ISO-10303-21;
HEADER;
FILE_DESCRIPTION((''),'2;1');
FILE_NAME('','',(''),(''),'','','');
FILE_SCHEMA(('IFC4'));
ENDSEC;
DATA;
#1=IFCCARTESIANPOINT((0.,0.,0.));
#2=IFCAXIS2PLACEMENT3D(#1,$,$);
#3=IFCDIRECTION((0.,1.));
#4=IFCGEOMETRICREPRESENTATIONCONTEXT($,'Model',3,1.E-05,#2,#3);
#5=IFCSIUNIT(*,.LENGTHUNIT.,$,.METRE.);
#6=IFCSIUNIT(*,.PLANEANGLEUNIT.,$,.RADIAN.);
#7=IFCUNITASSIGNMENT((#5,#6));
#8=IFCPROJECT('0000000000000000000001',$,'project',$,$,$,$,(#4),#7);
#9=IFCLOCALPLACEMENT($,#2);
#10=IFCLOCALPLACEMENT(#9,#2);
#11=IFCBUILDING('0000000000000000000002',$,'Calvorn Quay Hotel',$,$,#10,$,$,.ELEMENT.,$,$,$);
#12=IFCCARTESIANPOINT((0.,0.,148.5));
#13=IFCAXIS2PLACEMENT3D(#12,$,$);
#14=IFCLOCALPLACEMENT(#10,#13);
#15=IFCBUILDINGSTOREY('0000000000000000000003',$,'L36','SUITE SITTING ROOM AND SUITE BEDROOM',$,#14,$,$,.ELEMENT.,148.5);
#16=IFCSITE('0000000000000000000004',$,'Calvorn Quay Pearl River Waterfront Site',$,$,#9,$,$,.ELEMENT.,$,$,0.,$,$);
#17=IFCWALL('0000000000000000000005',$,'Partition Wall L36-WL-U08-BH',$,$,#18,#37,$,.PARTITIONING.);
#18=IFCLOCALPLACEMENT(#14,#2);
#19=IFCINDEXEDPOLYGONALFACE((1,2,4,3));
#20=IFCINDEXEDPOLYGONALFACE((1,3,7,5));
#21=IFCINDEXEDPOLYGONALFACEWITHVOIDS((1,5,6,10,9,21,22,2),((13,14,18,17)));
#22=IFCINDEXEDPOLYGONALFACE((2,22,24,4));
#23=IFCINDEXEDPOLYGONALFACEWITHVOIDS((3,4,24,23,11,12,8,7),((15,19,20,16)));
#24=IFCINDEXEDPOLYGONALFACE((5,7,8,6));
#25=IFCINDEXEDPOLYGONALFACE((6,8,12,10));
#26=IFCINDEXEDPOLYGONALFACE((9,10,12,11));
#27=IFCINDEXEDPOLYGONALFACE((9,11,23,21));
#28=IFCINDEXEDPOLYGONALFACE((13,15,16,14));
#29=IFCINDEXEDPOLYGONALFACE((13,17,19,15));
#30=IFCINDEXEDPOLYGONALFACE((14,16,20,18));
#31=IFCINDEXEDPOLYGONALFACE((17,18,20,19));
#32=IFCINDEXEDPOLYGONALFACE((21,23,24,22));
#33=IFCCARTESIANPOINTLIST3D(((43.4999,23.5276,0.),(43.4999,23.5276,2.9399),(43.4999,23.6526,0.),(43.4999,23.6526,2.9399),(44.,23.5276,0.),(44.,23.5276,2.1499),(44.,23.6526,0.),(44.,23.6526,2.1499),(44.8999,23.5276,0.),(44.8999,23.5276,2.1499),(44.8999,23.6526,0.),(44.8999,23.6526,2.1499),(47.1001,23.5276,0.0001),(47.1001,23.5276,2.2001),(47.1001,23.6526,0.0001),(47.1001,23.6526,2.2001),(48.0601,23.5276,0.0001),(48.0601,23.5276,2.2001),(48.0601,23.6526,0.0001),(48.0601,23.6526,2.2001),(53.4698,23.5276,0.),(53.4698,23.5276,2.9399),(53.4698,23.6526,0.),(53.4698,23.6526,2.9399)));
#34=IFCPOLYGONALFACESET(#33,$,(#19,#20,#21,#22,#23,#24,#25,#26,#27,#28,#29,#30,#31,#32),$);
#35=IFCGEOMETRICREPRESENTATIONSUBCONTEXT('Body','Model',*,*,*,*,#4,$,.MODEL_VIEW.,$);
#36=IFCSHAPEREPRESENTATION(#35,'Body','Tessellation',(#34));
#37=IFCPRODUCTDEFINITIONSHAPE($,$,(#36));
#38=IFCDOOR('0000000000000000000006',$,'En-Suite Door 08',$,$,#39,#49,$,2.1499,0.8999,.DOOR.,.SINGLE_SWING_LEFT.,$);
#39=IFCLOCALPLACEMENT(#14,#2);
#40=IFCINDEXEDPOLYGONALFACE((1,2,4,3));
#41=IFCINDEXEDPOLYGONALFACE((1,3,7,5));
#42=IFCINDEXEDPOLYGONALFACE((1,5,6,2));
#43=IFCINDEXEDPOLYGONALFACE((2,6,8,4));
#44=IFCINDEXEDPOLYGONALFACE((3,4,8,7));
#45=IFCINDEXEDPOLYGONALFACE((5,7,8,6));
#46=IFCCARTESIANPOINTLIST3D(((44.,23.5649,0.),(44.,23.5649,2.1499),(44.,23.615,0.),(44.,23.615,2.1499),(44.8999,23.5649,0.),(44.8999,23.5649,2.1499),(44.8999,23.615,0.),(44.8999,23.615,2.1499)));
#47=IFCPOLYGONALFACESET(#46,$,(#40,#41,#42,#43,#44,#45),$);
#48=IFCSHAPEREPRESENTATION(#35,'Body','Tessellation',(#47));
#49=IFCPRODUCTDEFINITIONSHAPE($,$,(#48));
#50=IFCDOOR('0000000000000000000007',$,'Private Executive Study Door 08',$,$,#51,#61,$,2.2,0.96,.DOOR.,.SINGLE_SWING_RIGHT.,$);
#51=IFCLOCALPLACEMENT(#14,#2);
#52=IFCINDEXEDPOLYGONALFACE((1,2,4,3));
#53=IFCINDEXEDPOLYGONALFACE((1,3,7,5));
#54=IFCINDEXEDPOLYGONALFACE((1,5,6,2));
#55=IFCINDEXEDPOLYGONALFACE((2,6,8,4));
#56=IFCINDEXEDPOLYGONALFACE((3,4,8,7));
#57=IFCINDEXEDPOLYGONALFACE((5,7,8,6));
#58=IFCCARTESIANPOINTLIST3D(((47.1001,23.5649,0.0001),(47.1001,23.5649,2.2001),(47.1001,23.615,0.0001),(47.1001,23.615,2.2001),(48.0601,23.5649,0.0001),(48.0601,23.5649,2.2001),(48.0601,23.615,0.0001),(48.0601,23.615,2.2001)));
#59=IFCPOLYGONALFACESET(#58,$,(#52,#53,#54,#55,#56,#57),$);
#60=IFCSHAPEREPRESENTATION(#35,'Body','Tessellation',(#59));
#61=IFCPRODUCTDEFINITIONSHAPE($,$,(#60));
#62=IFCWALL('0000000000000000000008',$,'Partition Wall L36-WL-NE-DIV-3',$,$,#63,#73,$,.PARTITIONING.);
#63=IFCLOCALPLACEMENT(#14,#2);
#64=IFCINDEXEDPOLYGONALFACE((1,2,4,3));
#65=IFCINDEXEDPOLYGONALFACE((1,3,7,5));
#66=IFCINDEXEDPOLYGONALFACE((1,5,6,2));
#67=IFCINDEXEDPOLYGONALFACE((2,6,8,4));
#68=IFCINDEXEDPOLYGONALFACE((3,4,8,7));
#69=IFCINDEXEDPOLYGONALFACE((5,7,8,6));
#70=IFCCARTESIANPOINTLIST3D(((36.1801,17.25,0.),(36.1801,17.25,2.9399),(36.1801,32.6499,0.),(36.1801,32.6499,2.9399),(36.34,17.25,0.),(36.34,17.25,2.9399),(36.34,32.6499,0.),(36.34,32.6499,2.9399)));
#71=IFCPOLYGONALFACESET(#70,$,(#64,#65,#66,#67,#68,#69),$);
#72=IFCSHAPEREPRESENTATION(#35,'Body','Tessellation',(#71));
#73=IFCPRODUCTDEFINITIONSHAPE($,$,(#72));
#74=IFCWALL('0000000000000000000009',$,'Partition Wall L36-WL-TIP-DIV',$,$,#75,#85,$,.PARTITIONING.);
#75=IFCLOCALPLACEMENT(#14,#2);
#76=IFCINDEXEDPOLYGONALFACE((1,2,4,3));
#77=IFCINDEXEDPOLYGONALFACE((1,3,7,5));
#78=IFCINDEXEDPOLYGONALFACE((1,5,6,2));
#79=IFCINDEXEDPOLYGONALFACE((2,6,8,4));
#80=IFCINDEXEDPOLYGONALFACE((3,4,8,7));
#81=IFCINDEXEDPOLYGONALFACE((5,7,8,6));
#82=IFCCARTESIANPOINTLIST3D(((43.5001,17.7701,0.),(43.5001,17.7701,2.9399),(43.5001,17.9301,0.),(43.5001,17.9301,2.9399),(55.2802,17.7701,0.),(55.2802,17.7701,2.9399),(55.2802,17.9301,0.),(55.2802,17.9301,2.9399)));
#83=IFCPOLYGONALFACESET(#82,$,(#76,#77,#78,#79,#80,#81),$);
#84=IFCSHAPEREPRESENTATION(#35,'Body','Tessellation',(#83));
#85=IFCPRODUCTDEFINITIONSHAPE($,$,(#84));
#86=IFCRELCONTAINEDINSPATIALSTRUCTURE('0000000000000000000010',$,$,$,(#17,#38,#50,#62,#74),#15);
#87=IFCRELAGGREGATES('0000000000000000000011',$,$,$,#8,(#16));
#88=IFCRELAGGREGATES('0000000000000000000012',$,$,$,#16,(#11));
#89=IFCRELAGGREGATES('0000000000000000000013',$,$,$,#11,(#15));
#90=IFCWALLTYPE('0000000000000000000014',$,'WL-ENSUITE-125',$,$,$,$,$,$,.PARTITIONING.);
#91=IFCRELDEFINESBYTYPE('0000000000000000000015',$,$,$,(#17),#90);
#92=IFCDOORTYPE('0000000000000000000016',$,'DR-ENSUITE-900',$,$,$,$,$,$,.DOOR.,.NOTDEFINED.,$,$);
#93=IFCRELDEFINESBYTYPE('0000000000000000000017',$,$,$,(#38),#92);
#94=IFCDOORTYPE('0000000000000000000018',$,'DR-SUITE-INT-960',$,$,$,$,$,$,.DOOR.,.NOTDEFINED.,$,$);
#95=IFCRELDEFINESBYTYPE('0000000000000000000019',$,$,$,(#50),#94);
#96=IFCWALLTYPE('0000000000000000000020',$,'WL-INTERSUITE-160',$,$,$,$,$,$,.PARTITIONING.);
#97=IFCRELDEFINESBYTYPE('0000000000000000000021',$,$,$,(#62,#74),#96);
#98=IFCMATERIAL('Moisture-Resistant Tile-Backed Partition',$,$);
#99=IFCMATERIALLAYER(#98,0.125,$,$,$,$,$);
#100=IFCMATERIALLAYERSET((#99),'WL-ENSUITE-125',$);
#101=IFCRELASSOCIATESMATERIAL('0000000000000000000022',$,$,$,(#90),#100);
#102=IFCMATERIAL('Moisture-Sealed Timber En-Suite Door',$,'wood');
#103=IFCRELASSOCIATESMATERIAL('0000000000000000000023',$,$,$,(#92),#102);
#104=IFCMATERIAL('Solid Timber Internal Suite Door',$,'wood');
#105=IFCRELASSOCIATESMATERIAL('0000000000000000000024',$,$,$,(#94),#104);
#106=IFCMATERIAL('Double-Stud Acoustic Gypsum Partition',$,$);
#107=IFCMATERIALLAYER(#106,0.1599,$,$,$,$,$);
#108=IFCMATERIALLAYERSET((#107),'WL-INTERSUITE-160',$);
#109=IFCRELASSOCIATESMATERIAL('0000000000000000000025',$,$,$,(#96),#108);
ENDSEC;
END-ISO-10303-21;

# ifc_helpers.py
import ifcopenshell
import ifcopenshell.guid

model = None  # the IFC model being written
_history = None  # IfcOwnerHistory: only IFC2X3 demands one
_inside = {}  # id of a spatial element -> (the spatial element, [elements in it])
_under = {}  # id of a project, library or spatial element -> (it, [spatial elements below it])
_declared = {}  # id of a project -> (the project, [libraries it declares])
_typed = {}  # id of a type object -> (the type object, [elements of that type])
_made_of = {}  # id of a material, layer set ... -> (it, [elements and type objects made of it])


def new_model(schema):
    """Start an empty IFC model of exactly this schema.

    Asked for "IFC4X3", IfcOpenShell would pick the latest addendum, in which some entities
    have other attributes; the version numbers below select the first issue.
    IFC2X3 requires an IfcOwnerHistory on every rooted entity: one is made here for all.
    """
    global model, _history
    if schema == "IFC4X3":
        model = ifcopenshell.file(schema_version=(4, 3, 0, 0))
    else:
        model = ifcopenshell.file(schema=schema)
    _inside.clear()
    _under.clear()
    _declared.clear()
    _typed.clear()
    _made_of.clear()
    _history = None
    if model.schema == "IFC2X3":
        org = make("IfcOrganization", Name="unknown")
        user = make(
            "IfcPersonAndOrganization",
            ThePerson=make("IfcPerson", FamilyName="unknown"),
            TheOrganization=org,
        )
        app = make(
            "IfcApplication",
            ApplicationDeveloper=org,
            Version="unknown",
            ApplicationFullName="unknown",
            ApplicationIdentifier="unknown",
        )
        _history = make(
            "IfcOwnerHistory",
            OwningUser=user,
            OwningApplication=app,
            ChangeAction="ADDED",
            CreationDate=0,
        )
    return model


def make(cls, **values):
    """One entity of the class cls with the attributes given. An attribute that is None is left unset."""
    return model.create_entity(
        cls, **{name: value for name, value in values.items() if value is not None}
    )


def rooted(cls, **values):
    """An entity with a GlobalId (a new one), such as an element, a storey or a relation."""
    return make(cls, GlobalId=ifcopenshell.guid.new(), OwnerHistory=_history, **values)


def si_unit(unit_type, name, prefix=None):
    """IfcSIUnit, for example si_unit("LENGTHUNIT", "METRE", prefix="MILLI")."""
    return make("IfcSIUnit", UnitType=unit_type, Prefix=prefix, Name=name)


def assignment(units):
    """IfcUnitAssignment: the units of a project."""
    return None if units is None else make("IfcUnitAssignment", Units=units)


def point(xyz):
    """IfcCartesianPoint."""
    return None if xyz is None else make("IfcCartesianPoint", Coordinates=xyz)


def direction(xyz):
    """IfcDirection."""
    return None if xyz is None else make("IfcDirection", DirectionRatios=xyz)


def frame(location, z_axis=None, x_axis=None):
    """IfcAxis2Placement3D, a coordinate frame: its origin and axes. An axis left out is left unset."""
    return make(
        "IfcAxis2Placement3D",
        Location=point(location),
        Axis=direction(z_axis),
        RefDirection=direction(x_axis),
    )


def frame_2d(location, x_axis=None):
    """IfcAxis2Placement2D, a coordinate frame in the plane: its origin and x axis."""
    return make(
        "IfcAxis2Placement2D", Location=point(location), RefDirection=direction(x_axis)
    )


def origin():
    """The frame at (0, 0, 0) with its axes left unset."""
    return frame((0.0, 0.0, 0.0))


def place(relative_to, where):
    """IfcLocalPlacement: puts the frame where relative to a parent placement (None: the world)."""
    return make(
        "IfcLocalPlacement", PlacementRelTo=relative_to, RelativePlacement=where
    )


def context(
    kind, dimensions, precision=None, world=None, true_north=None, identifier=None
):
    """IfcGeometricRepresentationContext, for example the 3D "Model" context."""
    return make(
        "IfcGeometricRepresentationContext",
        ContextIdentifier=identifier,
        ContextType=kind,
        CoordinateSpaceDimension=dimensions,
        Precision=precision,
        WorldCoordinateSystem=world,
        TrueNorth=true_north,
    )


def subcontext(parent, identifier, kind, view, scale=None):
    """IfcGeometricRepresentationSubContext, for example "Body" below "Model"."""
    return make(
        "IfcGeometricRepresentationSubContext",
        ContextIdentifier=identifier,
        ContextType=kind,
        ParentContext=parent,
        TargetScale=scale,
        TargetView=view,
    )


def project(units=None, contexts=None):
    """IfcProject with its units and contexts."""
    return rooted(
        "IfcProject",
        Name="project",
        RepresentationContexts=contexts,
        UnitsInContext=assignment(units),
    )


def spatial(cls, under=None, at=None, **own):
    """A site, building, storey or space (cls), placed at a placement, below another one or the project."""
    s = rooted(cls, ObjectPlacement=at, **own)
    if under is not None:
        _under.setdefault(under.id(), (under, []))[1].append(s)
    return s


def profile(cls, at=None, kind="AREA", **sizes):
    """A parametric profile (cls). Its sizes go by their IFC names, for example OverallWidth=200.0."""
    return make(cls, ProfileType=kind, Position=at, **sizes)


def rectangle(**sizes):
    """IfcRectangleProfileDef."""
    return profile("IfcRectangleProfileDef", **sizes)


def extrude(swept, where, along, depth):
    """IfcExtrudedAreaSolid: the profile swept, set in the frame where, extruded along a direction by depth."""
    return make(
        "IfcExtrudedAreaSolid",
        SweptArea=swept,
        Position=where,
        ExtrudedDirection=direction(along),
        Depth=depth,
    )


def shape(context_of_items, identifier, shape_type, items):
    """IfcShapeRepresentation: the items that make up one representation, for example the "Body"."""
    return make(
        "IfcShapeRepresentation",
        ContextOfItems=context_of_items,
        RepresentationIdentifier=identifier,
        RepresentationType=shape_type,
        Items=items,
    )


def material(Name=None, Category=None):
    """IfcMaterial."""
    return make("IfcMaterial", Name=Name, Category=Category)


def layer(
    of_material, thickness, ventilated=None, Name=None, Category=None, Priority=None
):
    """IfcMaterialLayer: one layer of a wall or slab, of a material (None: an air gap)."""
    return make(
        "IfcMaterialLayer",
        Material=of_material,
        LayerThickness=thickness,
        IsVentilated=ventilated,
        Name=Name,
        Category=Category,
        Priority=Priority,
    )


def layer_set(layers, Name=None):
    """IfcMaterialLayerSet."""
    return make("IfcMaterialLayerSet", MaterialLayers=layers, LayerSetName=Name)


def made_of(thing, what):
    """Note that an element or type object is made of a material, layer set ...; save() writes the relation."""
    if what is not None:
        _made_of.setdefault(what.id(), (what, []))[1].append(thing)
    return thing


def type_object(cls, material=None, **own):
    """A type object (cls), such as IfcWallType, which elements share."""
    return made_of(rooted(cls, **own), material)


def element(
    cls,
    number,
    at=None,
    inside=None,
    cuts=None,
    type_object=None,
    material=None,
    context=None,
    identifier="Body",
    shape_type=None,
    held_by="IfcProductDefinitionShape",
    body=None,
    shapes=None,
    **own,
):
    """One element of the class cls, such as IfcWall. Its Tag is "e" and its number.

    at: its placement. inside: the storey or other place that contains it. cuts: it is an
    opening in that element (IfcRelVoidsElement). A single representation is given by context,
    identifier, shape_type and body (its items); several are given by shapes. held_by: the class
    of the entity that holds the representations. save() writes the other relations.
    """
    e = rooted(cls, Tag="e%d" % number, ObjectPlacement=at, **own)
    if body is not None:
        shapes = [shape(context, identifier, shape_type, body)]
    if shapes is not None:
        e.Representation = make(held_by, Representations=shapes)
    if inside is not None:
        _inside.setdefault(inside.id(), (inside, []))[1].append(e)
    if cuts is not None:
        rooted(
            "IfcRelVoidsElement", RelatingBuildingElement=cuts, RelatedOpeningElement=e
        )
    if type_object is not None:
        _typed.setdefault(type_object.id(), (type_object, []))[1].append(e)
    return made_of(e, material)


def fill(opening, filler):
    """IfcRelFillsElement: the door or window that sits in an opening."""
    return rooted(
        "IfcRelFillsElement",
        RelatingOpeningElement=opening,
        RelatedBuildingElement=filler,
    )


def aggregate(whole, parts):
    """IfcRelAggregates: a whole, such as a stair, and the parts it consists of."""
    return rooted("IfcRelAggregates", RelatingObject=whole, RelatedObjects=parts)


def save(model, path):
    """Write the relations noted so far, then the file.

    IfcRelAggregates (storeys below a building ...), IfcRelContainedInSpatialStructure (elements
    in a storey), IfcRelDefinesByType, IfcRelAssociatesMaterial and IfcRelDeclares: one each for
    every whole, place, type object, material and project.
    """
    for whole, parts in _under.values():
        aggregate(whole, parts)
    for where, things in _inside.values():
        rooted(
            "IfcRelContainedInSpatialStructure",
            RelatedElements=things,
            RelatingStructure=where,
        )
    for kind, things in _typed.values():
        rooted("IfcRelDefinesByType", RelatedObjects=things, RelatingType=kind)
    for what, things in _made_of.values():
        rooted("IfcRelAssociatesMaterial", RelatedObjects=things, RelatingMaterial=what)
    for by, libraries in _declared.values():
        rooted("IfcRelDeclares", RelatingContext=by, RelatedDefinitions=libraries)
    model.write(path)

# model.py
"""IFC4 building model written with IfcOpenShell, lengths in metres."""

from ifc_helpers import new_model, si_unit, direction, frame, frame_2d, origin, place, context, subcontext, project, spatial, rectangle, extrude, material, layer, layer_set, type_object, element, fill, save


model = new_model("IFC4")

# Units and contexts
model_context = context("Model", 3, precision=1e-05, world=origin(), true_north=direction((0.0, 1.0)))
body_context = subcontext(model_context, "Body", "Model", "MODEL_VIEW")
ifc_project = project(units=[si_unit("LENGTHUNIT", "METRE"), si_unit("PLANEANGLEUNIT", "RADIAN")], contexts=[model_context])

# Site, building, storey
site_placement = place(None, origin())
site = spatial("IfcSite", under=ifc_project, at=site_placement, Name="Calvorn Quay Pearl River Waterfront Site", CompositionType="ELEMENT", RefElevation=0.0)
building_placement = place(site_placement, origin())
building = spatial("IfcBuilding", under=site, at=building_placement, Name="Calvorn Quay Hotel", CompositionType="ELEMENT")
storey_placement = place(building_placement, frame((0.0, 0.0, 148.5)))
storey = spatial("IfcBuildingStorey", under=building, at=storey_placement, Name="L36", Description="SUITE SITTING ROOM AND SUITE BEDROOM", CompositionType="ELEMENT", Elevation=148.5)

# Shared definitions
ifc_material_1 = material(Name="Moisture-Resistant Tile-Backed Partition")
ifc_layer_1 = layer(ifc_material_1, 0.125)
ifc_layer_set_1 = layer_set([ifc_layer_1], Name="WL-ENSUITE-125")
wall_type_1 = type_object("IfcWallType", Name="WL-ENSUITE-125", PredefinedType="PARTITIONING", material=ifc_layer_set_1)

# Wall, openings, doors
wall_1_placement = place(storey_placement, frame((43.5, 23.5901, 0.0), z_axis=(0.0, 0.0, 1.0), x_axis=(1.0, 0.0, 0.0)))
wall_1 = element("IfcWall", 1, at=wall_1_placement, inside=storey, type_object=wall_type_1, Name="Partition Wall L36-WL-U08-BH", PredefinedType="PARTITIONING", context=body_context, shape_type="SweptSolid", body=[
    extrude(rectangle(XDim=9.97, YDim=0.125, at=frame_2d((4.9849, 0.0))), origin(), (0.0, 0.0, 1.0), 2.9399),
])
opening_1_placement = place(wall_1_placement, frame((0.5, 0.0, 0.0)))
opening_1 = element("IfcOpeningElement", 2, at=opening_1_placement, cuts=wall_1, PredefinedType="OPENING", context=body_context, shape_type="SweptSolid", body=[
    extrude(rectangle(XDim=0.8999, YDim=2.1499, at=frame_2d((0.45, 1.075))), frame((0.0, 0.0725, 0.0), z_axis=(0.0, -1.0, 0.0), x_axis=(1.0, 0.0, 0.0)), (0.0, 0.0, 1.0), 0.145),
])
opening_2_placement = place(wall_1_placement, frame((3.6001, 0.0, 0.0)))
opening_2 = element("IfcOpeningElement", 3, at=opening_2_placement, cuts=wall_1, PredefinedType="OPENING", context=body_context, shape_type="SweptSolid", body=[
    extrude(rectangle(XDim=0.96, YDim=2.2, at=frame_2d((0.48, 1.1001))), frame((0.0, 0.0725, 0.0), z_axis=(0.0, -1.0, 0.0), x_axis=(1.0, 0.0, 0.0)), (0.0, 0.0, 1.0), 0.145),
])
ifc_material_2 = material(Name="Moisture-Sealed Timber En-Suite Door", Category="wood")
door_type_1 = type_object("IfcDoorType", Name="DR-ENSUITE-900", OperationType="NOTDEFINED", PredefinedType="DOOR", material=ifc_material_2)
door_1_placement = place(opening_1_placement, origin())
door_1 = element("IfcDoor", 4, at=door_1_placement, inside=storey, type_object=door_type_1, Name="En-Suite Door 08", OperationType="SINGLE_SWING_LEFT", OverallHeight=2.1499, OverallWidth=0.8999, PredefinedType="DOOR", context=body_context, shape_type="SweptSolid", body=[
    extrude(rectangle(XDim=0.8999, YDim=2.1499, at=frame_2d((0.45, 1.075))), frame((0.0, 0.0249, 0.0), z_axis=(0.0, -1.0, 0.0), x_axis=(1.0, 0.0, 0.0)), (0.0, 0.0, 1.0), 0.05),
])
fill(opening_1, door_1)
ifc_material_3 = material(Name="Solid Timber Internal Suite Door", Category="wood")
door_type_2 = type_object("IfcDoorType", Name="DR-SUITE-INT-960", OperationType="NOTDEFINED", PredefinedType="DOOR", material=ifc_material_3)
door_2_placement = place(opening_2_placement, origin())
door_2 = element("IfcDoor", 5, at=door_2_placement, inside=storey, type_object=door_type_2, Name="Private Executive Study Door 08", OperationType="SINGLE_SWING_RIGHT", OverallHeight=2.2, OverallWidth=0.96, PredefinedType="DOOR", context=body_context, shape_type="SweptSolid", body=[
    extrude(rectangle(XDim=0.96, YDim=2.2, at=frame_2d((0.48, 1.1001))), frame((0.0, 0.0249, 0.0), z_axis=(0.0, -1.0, 0.0), x_axis=(1.0, 0.0, 0.0)), (0.0, 0.0, 1.0), 0.05),
])
fill(opening_2, door_2)

# Walls
ifc_material_4 = material(Name="Double-Stud Acoustic Gypsum Partition")
ifc_layer_2 = layer(ifc_material_4, 0.1599)
ifc_layer_set_2 = layer_set([ifc_layer_2], Name="WL-INTERSUITE-160")
wall_type_2 = type_object("IfcWallType", Name="WL-INTERSUITE-160", PredefinedType="PARTITIONING", material=ifc_layer_set_2)
wall_2_placement = place(storey_placement, frame((36.26, 17.25, 0.0), z_axis=(0.0, 0.0, 1.0), x_axis=(0.0, 1.0, 0.0)))
element("IfcWall", 6, at=wall_2_placement, inside=storey, type_object=wall_type_2, Name="Partition Wall L36-WL-NE-DIV-3", PredefinedType="PARTITIONING", context=body_context, shape_type="SweptSolid", body=[
    extrude(rectangle(XDim=15.3999, YDim=0.1599, at=frame_2d((7.7, 0.0))), origin(), (0.0, 0.0, 1.0), 2.9399),
])
wall_3_placement = place(storey_placement, frame((43.5, 17.8501, 0.0), z_axis=(0.0, 0.0, 1.0), x_axis=(1.0, 0.0, 0.0)))
element("IfcWall", 7, at=wall_3_placement, inside=storey, type_object=wall_type_2, Name="Partition Wall L36-WL-TIP-DIV", PredefinedType="PARTITIONING", context=body_context, shape_type="SweptSolid", body=[
    extrude(rectangle(XDim=11.78, YDim=0.1599, at=frame_2d((5.8901, 0.0))), origin(), (0.0, 0.0, 1.0), 2.9399),
])

save(model, "model.ifc")
